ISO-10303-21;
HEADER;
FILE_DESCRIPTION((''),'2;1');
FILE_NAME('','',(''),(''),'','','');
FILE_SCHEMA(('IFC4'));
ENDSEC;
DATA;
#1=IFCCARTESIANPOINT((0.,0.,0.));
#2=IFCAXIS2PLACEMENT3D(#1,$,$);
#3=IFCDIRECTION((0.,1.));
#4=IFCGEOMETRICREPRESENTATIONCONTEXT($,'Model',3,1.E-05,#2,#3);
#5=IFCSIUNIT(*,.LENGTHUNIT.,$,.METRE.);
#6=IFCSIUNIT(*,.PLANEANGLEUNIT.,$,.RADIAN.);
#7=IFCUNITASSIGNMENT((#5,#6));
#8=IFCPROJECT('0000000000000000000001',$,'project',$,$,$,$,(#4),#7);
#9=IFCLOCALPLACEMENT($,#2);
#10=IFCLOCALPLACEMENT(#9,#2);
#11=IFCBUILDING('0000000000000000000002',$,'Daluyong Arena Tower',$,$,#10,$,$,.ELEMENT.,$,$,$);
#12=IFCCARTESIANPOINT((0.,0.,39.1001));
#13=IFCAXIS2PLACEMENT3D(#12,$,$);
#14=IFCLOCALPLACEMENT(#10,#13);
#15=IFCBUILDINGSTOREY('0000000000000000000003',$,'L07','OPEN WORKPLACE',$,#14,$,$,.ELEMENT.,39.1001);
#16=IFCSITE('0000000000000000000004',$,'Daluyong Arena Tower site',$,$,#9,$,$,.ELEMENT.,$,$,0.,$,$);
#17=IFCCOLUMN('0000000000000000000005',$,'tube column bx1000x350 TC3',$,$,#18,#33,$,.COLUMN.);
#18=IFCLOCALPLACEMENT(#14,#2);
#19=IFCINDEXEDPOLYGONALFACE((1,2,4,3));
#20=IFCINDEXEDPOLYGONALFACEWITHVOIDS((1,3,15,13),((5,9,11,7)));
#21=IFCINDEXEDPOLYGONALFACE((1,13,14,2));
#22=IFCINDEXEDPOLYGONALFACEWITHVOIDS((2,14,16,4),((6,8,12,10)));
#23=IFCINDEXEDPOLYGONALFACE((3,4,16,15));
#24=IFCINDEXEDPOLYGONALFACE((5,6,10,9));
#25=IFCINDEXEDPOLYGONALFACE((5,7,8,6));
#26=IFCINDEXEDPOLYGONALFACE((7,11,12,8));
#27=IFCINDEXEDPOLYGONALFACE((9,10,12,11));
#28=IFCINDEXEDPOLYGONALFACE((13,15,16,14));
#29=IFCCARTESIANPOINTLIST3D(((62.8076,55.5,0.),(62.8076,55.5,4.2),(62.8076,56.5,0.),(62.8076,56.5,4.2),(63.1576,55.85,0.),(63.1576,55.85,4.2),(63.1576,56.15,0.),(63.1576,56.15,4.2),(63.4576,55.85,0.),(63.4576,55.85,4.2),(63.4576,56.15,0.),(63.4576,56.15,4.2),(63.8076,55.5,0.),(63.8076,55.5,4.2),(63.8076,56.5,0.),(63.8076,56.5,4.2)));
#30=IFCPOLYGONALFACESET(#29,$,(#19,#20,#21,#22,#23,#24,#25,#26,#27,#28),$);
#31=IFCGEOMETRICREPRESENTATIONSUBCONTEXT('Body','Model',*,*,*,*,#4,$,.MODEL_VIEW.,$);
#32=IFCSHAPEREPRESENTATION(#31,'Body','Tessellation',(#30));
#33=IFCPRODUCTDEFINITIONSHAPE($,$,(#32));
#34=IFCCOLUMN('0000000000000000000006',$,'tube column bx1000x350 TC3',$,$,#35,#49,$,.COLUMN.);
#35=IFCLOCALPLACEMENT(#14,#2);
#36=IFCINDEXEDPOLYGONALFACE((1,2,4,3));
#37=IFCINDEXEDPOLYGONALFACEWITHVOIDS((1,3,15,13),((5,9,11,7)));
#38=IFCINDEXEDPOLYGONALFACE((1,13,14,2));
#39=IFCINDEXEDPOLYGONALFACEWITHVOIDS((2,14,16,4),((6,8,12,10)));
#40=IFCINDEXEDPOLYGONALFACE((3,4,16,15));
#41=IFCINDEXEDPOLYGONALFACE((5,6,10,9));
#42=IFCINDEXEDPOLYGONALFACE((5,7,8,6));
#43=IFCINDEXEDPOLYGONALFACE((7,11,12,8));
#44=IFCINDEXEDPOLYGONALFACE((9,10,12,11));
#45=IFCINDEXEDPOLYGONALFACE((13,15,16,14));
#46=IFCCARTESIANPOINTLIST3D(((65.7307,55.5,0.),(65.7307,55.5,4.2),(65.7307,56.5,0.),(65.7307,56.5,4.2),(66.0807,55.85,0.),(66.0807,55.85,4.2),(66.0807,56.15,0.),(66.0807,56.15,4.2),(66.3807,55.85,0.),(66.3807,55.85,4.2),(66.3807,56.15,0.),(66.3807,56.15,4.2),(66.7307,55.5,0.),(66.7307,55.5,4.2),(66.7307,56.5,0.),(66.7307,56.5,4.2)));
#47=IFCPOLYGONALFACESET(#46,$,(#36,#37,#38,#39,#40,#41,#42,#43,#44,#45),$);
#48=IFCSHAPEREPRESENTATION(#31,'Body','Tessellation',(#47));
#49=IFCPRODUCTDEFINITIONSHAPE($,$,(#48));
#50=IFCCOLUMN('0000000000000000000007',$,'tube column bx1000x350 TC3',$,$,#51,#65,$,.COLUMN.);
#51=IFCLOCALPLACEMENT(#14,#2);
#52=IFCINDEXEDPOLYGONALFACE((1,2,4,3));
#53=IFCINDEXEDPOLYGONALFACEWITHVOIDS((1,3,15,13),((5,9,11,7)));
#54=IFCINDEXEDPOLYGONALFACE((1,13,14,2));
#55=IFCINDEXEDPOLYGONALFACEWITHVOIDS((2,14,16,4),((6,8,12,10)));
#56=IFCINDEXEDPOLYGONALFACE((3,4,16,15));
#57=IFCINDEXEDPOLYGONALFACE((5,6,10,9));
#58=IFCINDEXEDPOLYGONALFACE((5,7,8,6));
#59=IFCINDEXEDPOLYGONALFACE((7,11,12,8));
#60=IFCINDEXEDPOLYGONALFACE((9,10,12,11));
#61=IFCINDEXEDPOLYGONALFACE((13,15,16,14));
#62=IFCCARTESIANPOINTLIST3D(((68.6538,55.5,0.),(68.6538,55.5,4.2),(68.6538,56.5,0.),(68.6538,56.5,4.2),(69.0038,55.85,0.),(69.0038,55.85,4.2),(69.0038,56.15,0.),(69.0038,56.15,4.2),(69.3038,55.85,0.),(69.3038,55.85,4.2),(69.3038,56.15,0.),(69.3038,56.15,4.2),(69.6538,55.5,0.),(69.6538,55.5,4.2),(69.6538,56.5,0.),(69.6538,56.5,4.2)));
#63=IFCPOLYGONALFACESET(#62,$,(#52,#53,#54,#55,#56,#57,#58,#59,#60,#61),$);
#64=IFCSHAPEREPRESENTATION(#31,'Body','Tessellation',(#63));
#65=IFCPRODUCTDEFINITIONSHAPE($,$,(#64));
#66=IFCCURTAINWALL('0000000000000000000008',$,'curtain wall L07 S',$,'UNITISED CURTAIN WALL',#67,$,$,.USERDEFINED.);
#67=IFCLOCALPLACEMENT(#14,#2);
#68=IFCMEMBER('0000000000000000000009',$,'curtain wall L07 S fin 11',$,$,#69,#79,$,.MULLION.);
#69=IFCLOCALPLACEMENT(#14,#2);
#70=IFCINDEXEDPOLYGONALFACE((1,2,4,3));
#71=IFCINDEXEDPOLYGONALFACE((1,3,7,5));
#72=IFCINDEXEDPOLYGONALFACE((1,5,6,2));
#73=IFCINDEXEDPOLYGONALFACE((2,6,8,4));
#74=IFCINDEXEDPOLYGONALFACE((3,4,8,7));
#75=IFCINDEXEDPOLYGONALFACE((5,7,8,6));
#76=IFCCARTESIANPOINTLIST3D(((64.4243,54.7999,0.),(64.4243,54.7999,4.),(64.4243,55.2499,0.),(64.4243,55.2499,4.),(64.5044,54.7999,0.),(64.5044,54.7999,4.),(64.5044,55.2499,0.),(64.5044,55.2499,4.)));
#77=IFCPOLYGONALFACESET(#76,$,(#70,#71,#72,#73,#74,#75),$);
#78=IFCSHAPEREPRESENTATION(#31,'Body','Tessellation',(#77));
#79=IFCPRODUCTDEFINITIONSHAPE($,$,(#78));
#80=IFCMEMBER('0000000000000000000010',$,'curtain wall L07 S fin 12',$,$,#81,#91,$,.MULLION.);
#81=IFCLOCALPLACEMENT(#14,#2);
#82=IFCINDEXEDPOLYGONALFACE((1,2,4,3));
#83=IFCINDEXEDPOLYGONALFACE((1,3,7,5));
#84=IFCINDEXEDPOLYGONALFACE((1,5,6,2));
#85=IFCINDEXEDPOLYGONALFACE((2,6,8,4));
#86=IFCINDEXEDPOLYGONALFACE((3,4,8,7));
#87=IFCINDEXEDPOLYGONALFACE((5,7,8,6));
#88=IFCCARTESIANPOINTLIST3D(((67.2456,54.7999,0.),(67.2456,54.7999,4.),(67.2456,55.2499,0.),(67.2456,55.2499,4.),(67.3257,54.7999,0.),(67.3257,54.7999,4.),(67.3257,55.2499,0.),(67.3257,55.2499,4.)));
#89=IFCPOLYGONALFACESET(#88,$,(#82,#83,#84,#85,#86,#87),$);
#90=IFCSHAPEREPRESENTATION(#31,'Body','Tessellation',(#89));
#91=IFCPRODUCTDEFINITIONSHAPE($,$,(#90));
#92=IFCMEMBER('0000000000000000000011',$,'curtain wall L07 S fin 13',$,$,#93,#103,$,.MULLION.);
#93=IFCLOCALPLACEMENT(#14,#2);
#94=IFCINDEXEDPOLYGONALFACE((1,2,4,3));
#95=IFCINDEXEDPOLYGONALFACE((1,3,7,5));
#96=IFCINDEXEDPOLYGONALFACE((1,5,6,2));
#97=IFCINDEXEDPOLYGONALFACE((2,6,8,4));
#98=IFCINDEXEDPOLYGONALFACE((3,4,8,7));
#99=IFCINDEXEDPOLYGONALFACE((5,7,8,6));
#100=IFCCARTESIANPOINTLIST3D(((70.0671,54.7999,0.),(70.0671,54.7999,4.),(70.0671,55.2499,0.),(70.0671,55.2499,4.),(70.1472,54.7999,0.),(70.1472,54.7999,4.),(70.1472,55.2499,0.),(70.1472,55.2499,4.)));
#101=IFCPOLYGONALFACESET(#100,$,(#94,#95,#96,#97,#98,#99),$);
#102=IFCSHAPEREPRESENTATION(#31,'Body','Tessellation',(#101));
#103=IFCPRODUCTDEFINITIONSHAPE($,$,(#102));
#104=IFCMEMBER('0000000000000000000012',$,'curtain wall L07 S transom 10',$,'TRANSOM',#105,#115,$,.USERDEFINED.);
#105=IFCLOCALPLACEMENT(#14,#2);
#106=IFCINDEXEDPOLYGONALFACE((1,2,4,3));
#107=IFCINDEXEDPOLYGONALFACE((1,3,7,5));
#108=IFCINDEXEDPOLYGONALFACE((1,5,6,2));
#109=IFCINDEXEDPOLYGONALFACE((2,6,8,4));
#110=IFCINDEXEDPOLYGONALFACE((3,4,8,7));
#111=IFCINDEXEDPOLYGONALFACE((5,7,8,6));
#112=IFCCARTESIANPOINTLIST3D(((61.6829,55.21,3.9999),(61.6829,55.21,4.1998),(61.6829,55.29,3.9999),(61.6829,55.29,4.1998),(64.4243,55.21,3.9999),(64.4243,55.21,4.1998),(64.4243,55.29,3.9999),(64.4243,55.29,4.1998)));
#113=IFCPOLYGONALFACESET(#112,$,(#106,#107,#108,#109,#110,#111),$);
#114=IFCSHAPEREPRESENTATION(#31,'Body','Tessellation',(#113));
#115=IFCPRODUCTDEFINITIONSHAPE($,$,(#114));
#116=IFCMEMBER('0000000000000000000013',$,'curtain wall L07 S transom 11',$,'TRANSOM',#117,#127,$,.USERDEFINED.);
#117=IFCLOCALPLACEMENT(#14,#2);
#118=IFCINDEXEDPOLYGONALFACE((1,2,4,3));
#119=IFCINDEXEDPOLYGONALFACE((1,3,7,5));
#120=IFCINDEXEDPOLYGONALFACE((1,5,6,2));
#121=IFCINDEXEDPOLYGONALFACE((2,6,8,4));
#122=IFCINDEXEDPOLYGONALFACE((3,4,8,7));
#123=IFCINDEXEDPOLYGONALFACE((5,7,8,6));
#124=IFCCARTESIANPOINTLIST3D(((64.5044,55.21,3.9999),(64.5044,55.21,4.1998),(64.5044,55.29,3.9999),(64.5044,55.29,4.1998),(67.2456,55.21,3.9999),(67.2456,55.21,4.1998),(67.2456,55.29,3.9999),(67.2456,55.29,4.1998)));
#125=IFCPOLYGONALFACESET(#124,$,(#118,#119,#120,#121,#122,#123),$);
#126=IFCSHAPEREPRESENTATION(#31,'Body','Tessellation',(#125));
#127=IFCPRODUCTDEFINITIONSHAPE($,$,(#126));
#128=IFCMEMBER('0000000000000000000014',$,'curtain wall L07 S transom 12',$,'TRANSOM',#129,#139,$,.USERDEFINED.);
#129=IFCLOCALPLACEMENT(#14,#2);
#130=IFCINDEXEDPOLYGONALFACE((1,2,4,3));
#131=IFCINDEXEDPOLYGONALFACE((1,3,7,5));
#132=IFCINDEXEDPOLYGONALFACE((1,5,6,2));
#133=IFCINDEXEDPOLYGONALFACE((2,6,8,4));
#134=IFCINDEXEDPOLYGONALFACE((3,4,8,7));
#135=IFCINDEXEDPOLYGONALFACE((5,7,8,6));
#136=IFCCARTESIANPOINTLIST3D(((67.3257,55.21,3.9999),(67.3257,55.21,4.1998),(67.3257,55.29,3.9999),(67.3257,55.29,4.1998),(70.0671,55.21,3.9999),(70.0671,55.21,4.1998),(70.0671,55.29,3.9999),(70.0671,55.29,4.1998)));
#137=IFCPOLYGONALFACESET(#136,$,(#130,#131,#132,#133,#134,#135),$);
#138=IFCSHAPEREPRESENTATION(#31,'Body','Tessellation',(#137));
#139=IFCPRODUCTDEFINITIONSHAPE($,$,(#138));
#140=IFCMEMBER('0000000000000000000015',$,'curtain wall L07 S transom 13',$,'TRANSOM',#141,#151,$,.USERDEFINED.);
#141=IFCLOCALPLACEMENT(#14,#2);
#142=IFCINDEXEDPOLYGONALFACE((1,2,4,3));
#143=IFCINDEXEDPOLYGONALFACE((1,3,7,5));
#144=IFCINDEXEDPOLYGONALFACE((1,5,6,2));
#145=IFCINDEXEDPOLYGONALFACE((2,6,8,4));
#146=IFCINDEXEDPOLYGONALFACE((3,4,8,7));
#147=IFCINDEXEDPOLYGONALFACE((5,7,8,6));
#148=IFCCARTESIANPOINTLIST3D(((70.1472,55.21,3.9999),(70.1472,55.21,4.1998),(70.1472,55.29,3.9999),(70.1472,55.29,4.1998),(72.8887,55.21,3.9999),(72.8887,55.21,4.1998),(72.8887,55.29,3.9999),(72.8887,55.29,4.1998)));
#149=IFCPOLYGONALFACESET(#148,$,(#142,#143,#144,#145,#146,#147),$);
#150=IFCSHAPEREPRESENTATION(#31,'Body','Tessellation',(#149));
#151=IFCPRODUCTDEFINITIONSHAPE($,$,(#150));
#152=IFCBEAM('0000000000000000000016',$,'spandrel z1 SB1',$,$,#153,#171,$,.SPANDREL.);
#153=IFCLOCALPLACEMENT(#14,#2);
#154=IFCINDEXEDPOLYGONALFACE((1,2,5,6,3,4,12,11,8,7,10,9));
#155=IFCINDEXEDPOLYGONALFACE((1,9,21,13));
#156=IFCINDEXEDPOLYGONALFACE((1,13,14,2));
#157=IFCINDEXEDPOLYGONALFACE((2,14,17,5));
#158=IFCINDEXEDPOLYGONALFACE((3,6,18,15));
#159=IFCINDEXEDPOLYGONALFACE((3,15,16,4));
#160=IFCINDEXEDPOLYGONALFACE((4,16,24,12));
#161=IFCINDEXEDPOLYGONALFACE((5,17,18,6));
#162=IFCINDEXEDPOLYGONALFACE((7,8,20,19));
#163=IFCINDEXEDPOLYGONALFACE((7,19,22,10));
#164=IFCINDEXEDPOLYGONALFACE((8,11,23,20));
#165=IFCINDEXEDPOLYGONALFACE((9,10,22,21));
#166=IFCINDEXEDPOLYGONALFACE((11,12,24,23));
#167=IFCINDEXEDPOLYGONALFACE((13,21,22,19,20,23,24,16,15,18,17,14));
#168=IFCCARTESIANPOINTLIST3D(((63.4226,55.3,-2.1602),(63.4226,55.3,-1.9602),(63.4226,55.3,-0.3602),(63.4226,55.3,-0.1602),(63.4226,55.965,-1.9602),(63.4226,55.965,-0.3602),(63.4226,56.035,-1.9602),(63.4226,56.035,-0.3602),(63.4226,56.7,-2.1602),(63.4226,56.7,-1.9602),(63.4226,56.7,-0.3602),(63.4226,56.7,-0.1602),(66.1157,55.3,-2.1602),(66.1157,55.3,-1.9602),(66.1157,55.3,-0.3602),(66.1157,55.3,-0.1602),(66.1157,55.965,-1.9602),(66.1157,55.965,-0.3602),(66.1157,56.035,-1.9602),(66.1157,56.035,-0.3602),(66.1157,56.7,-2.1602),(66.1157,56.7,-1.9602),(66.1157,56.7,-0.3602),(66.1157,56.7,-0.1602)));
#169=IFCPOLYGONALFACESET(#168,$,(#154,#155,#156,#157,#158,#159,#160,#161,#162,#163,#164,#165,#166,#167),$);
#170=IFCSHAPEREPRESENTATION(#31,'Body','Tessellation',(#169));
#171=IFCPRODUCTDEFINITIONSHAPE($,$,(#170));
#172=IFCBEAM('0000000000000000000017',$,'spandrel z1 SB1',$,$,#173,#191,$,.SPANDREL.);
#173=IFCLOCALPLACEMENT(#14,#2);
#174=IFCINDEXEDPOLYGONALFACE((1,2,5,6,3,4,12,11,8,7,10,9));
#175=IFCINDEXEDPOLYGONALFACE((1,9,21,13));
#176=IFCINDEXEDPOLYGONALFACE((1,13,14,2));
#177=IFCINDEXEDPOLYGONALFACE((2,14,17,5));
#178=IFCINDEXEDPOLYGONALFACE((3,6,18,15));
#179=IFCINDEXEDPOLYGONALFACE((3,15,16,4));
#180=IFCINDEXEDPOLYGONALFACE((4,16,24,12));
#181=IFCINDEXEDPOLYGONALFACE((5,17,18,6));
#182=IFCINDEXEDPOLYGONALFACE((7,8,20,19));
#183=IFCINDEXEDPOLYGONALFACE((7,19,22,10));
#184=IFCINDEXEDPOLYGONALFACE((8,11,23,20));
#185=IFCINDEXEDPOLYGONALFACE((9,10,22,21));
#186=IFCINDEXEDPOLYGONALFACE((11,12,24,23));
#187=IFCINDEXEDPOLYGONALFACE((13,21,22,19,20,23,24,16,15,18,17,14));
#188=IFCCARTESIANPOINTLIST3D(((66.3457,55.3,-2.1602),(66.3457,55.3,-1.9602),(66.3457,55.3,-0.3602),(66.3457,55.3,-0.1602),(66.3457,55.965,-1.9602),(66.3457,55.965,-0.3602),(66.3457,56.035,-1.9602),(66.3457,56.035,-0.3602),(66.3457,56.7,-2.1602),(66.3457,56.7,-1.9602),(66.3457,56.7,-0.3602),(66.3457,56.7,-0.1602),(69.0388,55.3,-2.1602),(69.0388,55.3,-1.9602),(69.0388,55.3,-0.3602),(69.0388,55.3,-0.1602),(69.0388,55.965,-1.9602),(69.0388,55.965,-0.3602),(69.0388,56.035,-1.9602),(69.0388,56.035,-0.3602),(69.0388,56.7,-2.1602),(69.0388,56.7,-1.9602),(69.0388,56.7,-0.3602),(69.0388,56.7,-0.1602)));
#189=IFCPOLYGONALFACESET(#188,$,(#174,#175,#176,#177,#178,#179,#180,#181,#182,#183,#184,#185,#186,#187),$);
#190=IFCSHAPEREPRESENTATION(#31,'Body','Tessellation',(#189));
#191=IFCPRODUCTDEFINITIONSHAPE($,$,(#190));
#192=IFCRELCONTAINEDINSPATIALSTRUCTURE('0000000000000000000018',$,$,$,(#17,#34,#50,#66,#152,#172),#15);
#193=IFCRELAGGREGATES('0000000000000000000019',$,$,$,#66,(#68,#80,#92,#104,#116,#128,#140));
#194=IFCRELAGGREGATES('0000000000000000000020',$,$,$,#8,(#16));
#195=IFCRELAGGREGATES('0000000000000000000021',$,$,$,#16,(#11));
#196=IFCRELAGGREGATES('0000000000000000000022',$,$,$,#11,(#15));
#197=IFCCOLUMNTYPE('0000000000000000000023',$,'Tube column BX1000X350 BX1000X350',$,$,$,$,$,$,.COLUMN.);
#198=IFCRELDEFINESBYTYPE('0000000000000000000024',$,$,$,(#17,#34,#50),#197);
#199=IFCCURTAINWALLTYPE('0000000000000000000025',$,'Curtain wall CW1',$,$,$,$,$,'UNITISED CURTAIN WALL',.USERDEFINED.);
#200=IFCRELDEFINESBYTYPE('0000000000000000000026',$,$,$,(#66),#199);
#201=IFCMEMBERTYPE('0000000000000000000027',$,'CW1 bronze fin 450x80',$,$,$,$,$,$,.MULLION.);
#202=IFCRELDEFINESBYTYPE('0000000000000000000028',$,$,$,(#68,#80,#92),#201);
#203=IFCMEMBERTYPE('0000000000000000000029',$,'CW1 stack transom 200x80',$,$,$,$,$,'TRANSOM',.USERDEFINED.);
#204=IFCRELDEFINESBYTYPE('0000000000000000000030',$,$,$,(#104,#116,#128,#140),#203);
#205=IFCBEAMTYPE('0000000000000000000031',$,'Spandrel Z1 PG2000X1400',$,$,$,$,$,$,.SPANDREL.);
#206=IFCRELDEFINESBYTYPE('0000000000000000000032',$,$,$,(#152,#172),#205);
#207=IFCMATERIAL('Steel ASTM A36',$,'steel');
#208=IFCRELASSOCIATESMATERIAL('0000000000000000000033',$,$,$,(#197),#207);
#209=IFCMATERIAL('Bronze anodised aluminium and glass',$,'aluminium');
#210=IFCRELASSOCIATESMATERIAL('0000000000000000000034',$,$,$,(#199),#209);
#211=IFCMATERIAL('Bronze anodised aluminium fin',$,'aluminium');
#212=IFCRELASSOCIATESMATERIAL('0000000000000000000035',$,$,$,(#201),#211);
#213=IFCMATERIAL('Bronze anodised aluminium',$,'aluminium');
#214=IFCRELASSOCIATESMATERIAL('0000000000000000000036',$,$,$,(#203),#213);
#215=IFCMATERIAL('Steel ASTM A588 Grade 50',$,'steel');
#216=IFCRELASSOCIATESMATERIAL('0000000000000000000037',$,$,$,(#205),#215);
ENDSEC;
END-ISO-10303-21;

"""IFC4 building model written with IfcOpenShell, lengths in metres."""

from ifc_helpers import new_model, si_unit, direction, frame, origin, origin_2d, place, context, subcontext, project, spatial, rectangle, hollow_rectangle, i_section, extrude, material, material_profile, profile_set, type_object, element, aggregate, save


model = new_model("IFC4")

# Units and contexts
model_context = context("Model", 3, precision=1e-05, world=origin(), true_north=direction((0.0, 1.0)))
body_context = subcontext(model_context, "Body", "Model", "MODEL_VIEW")
ifc_project = project(units=[si_unit("LENGTHUNIT", "METRE"), si_unit("PLANEANGLEUNIT", "RADIAN")], contexts=[model_context])

# Site, building, storey
site_placement = place(None, origin())
site = spatial("IfcSite", under=ifc_project, at=site_placement, Name="Daluyong Arena Tower site", CompositionType="ELEMENT", RefElevation=0.0)
building_placement = place(site_placement, origin())
building = spatial("IfcBuilding", under=site, at=building_placement, Name="Daluyong Arena Tower", CompositionType="ELEMENT")
storey_placement = place(building_placement, frame((0.0, 0.0, 39.1001)))
storey = spatial("IfcBuildingStorey", under=building, at=storey_placement, Name="L07", Description="OPEN WORKPLACE", CompositionType="ELEMENT", Elevation=39.1001)

# Columns
ifc_material_1 = material(Name="Steel ASTM A36", Category="steel")
ifc_material_profile_1 = material_profile(ifc_material_1, hollow_rectangle(XDim=1.0, YDim=1.0, WallThickness=0.35, at=origin_2d()))
ifc_profile_set_1 = profile_set([ifc_material_profile_1], Name="Steel ASTM A36")
column_type = type_object("IfcColumnType", Name="Tube column BX1000X350 BX1000X350", PredefinedType="COLUMN", material=ifc_profile_set_1)
for number, where, z_axis, x_axis, name in (
    (1, (63.3076, 56.0, 0.0), (0.0, 0.0, 1.0), (1.0, 0.0, 0.0), "tube column bx1000x350 TC3"),
    (2, (66.2307, 56.0, 0.0), (0.0, 0.0, 1.0), (1.0, 0.0, 0.0), "tube column bx1000x350 TC3"),
    (3, (69.1538, 56.0, 0.0), (0.0, 0.0, 1.0), (1.0, 0.0, 0.0), "tube column bx1000x350 TC3"),
):
    element("IfcColumn", number, at=place(storey_placement, frame(where, z_axis=z_axis, x_axis=x_axis)), inside=storey, type_object=column_type, Name=name, PredefinedType="COLUMN", context=body_context, shape_type="SweptSolid", body=[
        extrude(hollow_rectangle(XDim=1.0, YDim=1.0, WallThickness=0.35, at=origin_2d()), origin(), (0.0, 0.0, 1.0), 4.2),
    ])

# Curtain wall, members
ifc_material_2 = material(Name="Bronze anodised aluminium and glass", Category="aluminium")
curtain_wall_type = type_object("IfcCurtainWallType", Name="Curtain wall CW1", ElementType="UNITISED CURTAIN WALL", PredefinedType="USERDEFINED", material=ifc_material_2)
curtain_wall_placement = place(storey_placement, origin())
curtain_wall = element("IfcCurtainWall", 4, at=curtain_wall_placement, inside=storey, type_object=curtain_wall_type, Name="curtain wall L07 S", ObjectType="UNITISED CURTAIN WALL", PredefinedType="USERDEFINED")
ifc_material_3 = material(Name="Bronze anodised aluminium fin", Category="aluminium")
ifc_material_profile_2 = material_profile(ifc_material_3, rectangle(XDim=0.45, YDim=0.0801, at=origin_2d()))
ifc_profile_set_2 = profile_set([ifc_material_profile_2], Name="Bronze anodised aluminium fin")
member_type_1 = type_object("IfcMemberType", Name="CW1 bronze fin 450x80", PredefinedType="MULLION", material=ifc_profile_set_2)
member_1_placement = place(storey_placement, frame((64.4644, 55.0249, 0.0), z_axis=(0.0, 0.0, 1.0), x_axis=(0.0, 1.0, 0.0)))
member_1 = element("IfcMember", 5, at=member_1_placement, type_object=member_type_1, Name="curtain wall L07 S fin 11", PredefinedType="MULLION", context=body_context, shape_type="SweptSolid", body=[
    extrude(rectangle(XDim=0.45, YDim=0.0801, at=origin_2d()), origin(), (0.0, 0.0, 1.0), 4.0),
])
member_2_placement = place(storey_placement, frame((67.2856, 55.0249, 0.0), z_axis=(0.0, 0.0, 1.0), x_axis=(0.0, 1.0, 0.0)))
member_2 = element("IfcMember", 6, at=member_2_placement, type_object=member_type_1, Name="curtain wall L07 S fin 12", PredefinedType="MULLION", context=body_context, shape_type="SweptSolid", body=[
    extrude(rectangle(XDim=0.45, YDim=0.0801, at=origin_2d()), origin(), (0.0, 0.0, 1.0), 4.0),
])
member_3_placement = place(storey_placement, frame((70.1072, 55.0249, 0.0), z_axis=(0.0, 0.0, 1.0), x_axis=(0.0, 1.0, 0.0)))
member_3 = element("IfcMember", 7, at=member_3_placement, type_object=member_type_1, Name="curtain wall L07 S fin 13", PredefinedType="MULLION", context=body_context, shape_type="SweptSolid", body=[
    extrude(rectangle(XDim=0.45, YDim=0.0801, at=origin_2d()), origin(), (0.0, 0.0, 1.0), 4.0),
])
ifc_material_4 = material(Name="Bronze anodised aluminium", Category="aluminium")
ifc_material_profile_3 = material_profile(ifc_material_4, rectangle(XDim=0.0801, YDim=0.2, at=origin_2d()))
ifc_profile_set_3 = profile_set([ifc_material_profile_3], Name="Bronze anodised aluminium")
member_type_2 = type_object("IfcMemberType", Name="CW1 stack transom 200x80", ElementType="TRANSOM", PredefinedType="USERDEFINED", material=ifc_profile_set_3)
member_4_placement = place(storey_placement, frame((61.6829, 55.25, 4.0999), z_axis=(1.0, 0.0, 0.0), x_axis=(0.0, 1.0, 0.0)))
member_4 = element("IfcMember", 8, at=member_4_placement, type_object=member_type_2, Name="curtain wall L07 S transom 10", ObjectType="TRANSOM", PredefinedType="USERDEFINED", context=body_context, shape_type="SweptSolid", body=[
    extrude(rectangle(XDim=0.0801, YDim=0.2, at=origin_2d()), origin(), (0.0, 0.0, 1.0), 2.7415),
])
member_5_placement = place(storey_placement, frame((64.5044, 55.25, 4.0999), z_axis=(1.0, 0.0, 0.0), x_axis=(0.0, 1.0, 0.0)))
member_5 = element("IfcMember", 9, at=member_5_placement, type_object=member_type_2, Name="curtain wall L07 S transom 11", ObjectType="TRANSOM", PredefinedType="USERDEFINED", context=body_context, shape_type="SweptSolid", body=[
    extrude(rectangle(XDim=0.0801, YDim=0.2, at=origin_2d()), origin(), (0.0, 0.0, 1.0), 2.7412),
])
member_6_placement = place(storey_placement, frame((67.3257, 55.25, 4.0999), z_axis=(1.0, 0.0, 0.0), x_axis=(0.0, 1.0, 0.0)))
member_6 = element("IfcMember", 10, at=member_6_placement, type_object=member_type_2, Name="curtain wall L07 S transom 12", ObjectType="TRANSOM", PredefinedType="USERDEFINED", context=body_context, shape_type="SweptSolid", body=[
    extrude(rectangle(XDim=0.0801, YDim=0.2, at=origin_2d()), origin(), (0.0, 0.0, 1.0), 2.7415),
])
member_7_placement = place(storey_placement, frame((70.1472, 55.25, 4.0999), z_axis=(1.0, 0.0, 0.0), x_axis=(0.0, 1.0, 0.0)))
member_7 = element("IfcMember", 11, at=member_7_placement, type_object=member_type_2, Name="curtain wall L07 S transom 13", ObjectType="TRANSOM", PredefinedType="USERDEFINED", context=body_context, shape_type="SweptSolid", body=[
    extrude(rectangle(XDim=0.0801, YDim=0.2, at=origin_2d()), origin(), (0.0, 0.0, 1.0), 2.7415),
])

# Beams
ifc_material_5 = material(Name="Steel ASTM A588 Grade 50", Category="steel")
ifc_material_profile_4 = material_profile(ifc_material_5, i_section(OverallWidth=1.3999, OverallDepth=2.0, WebThickness=0.07, FlangeThickness=0.2, at=origin_2d()))
ifc_profile_set_4 = profile_set([ifc_material_profile_4], Name="Steel ASTM A588 Grade 50")
beam_type = type_object("IfcBeamType", Name="Spandrel Z1 PG2000X1400", PredefinedType="SPANDREL", material=ifc_profile_set_4)
for number, where, z_axis, x_axis, name in (
    (12, (63.4226, 56.0, -1.1602), (1.0, 0.0, 0.0), (0.0, 1.0, 0.0), "spandrel z1 SB1"),
    (13, (66.3457, 56.0, -1.1602), (1.0, 0.0, 0.0), (0.0, 1.0, 0.0), "spandrel z1 SB1"),
):
    element("IfcBeam", number, at=place(storey_placement, frame(where, z_axis=z_axis, x_axis=x_axis)), inside=storey, type_object=beam_type, Name=name, PredefinedType="SPANDREL", context=body_context, shape_type="SweptSolid", body=[
        extrude(i_section(OverallWidth=1.3999, OverallDepth=2.0, WebThickness=0.07, FlangeThickness=0.2, at=origin_2d()), origin(), (0.0, 0.0, 1.0), 2.6931),
    ])

aggregate(curtain_wall, [member_1, member_2, member_3, member_4, member_5, member_6, member_7])

save(model, "model.ifc")
